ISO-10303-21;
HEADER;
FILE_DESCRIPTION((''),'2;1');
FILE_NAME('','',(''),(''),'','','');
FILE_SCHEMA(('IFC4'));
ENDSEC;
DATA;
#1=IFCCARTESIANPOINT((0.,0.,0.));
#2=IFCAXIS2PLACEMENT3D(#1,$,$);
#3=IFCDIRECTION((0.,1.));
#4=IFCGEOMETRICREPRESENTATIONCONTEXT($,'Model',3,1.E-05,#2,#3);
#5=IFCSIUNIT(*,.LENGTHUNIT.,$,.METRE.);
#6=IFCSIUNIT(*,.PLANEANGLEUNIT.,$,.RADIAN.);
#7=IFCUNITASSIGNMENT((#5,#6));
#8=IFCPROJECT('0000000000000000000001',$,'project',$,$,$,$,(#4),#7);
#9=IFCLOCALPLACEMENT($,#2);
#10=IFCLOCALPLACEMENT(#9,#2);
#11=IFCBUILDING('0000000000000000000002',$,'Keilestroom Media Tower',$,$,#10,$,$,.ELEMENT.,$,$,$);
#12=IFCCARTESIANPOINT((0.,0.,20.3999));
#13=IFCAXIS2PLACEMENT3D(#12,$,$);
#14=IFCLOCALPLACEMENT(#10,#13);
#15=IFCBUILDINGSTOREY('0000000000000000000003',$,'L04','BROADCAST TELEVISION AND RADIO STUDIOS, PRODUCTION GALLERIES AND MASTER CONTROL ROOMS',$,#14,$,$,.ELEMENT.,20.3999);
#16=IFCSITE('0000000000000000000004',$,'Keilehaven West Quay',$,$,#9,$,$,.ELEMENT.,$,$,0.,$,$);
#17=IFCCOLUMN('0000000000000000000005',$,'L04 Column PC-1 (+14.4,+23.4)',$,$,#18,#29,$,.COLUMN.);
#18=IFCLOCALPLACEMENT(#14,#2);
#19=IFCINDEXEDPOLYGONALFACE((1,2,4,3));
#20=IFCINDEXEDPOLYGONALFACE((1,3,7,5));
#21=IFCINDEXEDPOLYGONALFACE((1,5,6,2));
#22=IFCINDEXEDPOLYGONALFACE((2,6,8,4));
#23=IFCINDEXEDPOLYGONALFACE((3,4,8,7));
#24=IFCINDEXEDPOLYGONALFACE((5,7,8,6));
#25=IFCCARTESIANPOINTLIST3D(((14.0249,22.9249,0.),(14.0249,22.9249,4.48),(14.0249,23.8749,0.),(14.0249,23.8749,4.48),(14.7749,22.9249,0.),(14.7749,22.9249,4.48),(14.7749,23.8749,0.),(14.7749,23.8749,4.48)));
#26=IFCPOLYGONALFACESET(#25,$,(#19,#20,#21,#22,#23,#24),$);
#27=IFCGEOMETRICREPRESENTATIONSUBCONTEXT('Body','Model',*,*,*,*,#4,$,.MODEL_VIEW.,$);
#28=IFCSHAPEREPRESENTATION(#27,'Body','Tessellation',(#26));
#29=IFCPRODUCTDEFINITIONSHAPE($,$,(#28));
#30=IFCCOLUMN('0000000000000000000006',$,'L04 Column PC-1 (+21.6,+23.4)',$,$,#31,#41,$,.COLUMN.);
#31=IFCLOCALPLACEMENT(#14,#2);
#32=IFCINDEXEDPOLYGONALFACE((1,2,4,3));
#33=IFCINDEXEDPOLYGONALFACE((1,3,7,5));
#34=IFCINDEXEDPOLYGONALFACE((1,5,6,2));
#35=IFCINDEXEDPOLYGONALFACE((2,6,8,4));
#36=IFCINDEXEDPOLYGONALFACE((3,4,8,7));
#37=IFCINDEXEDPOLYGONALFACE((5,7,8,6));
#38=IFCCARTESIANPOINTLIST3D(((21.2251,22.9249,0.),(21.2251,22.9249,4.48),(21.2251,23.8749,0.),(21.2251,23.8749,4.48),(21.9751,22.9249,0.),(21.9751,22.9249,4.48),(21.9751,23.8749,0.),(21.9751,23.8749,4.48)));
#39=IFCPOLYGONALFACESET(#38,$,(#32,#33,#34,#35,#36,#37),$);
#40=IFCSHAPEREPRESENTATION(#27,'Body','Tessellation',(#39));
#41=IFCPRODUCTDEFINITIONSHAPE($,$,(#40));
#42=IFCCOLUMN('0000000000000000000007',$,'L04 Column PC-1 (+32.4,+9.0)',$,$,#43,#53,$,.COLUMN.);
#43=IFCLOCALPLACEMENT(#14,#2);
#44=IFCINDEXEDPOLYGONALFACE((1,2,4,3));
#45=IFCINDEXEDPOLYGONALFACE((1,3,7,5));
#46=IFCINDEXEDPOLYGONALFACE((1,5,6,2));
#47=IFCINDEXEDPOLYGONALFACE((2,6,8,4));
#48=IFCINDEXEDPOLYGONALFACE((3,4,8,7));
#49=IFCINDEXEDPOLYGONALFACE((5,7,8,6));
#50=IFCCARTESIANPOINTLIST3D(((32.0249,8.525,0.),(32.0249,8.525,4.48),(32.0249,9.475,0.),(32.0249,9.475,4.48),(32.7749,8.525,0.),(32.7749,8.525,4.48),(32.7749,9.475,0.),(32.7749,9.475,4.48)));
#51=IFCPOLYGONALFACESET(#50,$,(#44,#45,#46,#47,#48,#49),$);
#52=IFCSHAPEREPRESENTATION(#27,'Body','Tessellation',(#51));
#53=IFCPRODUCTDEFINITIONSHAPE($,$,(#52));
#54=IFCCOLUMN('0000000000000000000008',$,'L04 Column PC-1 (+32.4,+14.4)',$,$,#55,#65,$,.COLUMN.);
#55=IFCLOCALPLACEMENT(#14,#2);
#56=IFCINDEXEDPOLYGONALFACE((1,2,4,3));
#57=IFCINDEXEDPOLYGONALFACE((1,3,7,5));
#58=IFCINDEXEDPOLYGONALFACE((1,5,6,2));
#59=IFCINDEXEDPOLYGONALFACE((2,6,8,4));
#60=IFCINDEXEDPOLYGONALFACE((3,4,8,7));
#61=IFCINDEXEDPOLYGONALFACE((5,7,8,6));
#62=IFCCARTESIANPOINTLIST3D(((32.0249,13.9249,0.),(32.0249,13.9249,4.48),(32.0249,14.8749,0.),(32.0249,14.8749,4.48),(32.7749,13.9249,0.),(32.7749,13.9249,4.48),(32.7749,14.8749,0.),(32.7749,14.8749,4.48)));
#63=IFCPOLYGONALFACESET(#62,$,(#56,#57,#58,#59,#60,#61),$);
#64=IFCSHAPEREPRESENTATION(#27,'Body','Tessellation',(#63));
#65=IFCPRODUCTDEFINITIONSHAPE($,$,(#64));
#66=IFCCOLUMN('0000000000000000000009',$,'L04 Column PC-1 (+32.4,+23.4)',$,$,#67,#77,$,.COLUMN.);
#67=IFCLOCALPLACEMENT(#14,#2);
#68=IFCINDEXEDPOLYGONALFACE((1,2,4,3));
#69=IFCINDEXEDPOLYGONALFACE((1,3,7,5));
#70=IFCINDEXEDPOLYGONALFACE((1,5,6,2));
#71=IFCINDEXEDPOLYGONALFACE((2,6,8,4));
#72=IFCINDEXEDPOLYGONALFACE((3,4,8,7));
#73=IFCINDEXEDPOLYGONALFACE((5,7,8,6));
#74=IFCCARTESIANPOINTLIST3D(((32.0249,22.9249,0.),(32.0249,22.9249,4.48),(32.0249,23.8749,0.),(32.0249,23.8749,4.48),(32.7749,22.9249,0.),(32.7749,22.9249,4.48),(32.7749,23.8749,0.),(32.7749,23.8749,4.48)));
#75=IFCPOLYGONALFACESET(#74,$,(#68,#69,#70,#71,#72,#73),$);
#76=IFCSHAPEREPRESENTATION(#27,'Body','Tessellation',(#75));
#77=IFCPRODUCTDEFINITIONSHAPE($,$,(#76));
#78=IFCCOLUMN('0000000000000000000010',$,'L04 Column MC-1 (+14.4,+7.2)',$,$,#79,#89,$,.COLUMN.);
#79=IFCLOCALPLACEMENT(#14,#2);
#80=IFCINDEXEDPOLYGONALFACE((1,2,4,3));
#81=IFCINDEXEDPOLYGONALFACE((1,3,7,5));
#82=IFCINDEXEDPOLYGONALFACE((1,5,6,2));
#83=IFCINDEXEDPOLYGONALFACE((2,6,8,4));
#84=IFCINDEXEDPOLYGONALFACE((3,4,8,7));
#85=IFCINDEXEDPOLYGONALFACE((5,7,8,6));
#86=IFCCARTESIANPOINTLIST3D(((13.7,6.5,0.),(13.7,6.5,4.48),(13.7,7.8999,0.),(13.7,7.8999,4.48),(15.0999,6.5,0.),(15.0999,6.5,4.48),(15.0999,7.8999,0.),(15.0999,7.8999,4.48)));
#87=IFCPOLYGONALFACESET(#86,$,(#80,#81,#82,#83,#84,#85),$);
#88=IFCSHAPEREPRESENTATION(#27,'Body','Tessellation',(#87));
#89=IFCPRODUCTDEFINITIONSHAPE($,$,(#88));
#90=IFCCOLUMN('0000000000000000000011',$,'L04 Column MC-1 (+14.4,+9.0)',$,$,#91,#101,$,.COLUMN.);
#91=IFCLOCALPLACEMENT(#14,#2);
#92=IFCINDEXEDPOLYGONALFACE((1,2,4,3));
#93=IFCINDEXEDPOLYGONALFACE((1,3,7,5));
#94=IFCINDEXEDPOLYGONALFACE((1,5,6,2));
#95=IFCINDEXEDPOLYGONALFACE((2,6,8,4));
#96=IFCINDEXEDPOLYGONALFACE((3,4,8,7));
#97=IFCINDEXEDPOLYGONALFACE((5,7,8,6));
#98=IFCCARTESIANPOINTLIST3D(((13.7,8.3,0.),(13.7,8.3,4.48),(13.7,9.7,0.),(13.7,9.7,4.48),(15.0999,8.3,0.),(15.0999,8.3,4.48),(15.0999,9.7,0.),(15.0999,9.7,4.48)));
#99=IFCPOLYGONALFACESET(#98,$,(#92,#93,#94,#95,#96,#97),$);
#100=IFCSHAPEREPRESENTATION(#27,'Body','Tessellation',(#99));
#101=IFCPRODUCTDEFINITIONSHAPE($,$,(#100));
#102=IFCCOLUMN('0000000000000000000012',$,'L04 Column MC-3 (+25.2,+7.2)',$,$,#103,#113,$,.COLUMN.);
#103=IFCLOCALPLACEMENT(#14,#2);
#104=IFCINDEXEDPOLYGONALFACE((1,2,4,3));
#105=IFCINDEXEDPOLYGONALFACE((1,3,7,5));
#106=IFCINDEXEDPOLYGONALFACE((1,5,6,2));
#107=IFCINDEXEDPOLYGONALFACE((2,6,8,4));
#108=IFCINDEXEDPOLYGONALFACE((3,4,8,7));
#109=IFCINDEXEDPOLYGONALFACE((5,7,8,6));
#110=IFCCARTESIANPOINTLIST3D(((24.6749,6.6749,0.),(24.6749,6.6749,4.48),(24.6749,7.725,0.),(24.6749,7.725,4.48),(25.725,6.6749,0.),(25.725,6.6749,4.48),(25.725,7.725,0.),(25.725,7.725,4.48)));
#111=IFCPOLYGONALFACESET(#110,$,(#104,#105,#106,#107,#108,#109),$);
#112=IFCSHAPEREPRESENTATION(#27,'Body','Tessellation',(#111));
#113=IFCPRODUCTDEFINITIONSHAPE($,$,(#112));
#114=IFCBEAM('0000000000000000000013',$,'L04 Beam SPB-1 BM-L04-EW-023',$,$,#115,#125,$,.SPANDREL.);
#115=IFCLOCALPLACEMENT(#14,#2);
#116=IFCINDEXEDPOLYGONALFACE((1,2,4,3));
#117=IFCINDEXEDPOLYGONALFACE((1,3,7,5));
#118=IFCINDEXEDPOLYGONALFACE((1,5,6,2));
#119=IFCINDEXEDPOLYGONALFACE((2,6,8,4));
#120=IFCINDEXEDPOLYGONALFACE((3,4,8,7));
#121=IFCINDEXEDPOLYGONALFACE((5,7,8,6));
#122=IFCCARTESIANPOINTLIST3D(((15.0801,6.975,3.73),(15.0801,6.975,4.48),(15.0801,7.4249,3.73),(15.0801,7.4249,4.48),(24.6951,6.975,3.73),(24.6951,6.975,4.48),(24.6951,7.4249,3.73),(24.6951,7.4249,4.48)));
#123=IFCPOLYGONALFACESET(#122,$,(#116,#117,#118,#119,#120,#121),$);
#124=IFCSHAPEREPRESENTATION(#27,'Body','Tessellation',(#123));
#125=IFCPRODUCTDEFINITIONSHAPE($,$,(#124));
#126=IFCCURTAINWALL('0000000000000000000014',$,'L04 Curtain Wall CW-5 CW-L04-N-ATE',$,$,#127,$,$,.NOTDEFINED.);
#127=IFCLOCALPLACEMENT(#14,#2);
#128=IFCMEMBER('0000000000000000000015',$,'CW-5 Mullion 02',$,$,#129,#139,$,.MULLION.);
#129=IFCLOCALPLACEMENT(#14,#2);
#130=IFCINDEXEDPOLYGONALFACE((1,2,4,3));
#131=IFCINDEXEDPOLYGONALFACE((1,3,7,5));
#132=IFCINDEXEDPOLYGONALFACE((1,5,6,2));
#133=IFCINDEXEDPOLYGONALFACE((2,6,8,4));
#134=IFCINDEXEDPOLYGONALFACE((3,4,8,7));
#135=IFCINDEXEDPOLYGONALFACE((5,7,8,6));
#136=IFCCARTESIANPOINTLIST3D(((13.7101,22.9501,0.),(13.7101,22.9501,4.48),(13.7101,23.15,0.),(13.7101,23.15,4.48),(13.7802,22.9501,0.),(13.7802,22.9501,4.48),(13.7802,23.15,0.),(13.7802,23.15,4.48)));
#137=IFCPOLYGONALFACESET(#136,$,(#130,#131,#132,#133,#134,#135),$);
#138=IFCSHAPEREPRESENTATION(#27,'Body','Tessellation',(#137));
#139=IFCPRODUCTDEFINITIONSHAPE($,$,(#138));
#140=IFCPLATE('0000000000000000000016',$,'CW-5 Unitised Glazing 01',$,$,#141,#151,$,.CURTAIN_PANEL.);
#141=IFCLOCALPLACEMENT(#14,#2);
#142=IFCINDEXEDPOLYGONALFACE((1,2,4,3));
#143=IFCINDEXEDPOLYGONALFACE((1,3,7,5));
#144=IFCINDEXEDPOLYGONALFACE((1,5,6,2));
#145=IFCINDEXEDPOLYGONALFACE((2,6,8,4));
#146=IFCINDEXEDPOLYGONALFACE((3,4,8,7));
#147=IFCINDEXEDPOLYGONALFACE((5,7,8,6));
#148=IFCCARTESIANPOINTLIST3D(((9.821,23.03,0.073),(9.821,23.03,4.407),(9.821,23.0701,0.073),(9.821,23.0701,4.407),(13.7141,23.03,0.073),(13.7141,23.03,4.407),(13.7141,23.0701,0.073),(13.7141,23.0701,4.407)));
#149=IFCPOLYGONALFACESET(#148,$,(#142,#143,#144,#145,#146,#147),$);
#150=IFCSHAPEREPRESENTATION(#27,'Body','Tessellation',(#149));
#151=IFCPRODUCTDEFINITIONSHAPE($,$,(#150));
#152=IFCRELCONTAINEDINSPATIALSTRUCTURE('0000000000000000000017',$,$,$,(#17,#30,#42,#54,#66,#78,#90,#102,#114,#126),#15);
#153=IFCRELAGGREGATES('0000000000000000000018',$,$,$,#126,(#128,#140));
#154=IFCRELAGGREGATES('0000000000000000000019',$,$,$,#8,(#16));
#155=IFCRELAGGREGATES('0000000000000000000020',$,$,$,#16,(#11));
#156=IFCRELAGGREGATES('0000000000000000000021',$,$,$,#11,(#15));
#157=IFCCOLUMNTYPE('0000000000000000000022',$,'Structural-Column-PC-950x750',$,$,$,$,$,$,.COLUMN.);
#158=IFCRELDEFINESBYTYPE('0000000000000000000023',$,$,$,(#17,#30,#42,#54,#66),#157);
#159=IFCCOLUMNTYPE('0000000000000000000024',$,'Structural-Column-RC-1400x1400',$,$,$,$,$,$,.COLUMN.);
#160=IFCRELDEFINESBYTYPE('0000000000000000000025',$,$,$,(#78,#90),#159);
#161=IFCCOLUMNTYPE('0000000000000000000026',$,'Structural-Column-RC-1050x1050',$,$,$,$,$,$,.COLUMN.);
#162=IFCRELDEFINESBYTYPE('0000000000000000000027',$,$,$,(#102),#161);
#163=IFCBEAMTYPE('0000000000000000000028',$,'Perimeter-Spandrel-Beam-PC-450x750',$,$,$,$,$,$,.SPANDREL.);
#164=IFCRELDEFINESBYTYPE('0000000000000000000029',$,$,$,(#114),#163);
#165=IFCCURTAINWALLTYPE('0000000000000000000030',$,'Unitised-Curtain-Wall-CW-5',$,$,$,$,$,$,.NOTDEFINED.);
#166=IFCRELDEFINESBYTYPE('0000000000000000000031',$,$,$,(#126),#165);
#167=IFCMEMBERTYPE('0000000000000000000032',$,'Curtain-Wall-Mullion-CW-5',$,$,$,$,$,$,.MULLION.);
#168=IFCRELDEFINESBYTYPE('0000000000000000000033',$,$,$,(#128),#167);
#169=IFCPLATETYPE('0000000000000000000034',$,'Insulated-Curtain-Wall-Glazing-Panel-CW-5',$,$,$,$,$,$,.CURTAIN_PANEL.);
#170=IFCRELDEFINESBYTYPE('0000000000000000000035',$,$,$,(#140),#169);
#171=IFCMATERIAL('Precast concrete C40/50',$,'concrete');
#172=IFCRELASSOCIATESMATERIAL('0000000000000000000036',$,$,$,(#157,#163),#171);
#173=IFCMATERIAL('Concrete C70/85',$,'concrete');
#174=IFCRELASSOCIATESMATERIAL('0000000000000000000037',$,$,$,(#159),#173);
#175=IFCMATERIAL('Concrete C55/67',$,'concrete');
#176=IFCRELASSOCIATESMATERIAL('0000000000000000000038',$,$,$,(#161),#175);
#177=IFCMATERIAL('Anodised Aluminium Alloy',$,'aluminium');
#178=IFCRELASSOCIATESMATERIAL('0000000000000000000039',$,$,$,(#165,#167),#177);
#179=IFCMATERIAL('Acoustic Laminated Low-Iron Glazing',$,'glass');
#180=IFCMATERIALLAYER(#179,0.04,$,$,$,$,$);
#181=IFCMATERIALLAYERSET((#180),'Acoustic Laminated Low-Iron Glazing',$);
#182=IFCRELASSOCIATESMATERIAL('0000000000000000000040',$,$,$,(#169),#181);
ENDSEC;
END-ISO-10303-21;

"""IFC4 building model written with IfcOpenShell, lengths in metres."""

from ifc_helpers import new_model, si_unit, direction, frame, origin, origin_2d, place, context, subcontext, project, spatial, rectangle, extrude, source, transform, mapped, material, layer, layer_set, material_profile, profile_set, type_object, element, aggregate, save


model = new_model("IFC4")

# Units and contexts
model_context = context("Model", 3, precision=1e-05, world=origin(), true_north=direction((0.0, 1.0)))
body_context = subcontext(model_context, "Body", "Model", "MODEL_VIEW")
ifc_project = project(units=[si_unit("LENGTHUNIT", "METRE"), si_unit("PLANEANGLEUNIT", "RADIAN")], contexts=[model_context])

# Site, building, storey
site_placement = place(None, origin())
site = spatial("IfcSite", under=ifc_project, at=site_placement, Name="Keilehaven West Quay", CompositionType="ELEMENT", RefElevation=0.0)
building_placement = place(site_placement, origin())
building = spatial("IfcBuilding", under=site, at=building_placement, Name="Keilestroom Media Tower", CompositionType="ELEMENT")
storey_placement = place(building_placement, frame((0.0, 0.0, 20.3999)))
storey = spatial("IfcBuildingStorey", under=building, at=storey_placement, Name="L04", Description="BROADCAST TELEVISION AND RADIO STUDIOS, PRODUCTION GALLERIES AND MASTER CONTROL ROOMS", CompositionType="ELEMENT", Elevation=20.3999)

# Columns
ifc_material_1 = material(Name="Precast concrete C40/50", Category="concrete")
ifc_material_profile_1 = material_profile(ifc_material_1, rectangle(XDim=0.75, YDim=0.95, at=origin_2d()), Name="PC 950x750")
ifc_profile_set_1 = profile_set([ifc_material_profile_1], Name="Precast concrete C40/50")
column_type_1 = type_object("IfcColumnType", Name="Structural-Column-PC-950x750", PredefinedType="COLUMN", material=ifc_profile_set_1)
shared_shape_1 = source(origin(), body_context, "Body", "SweptSolid", [
    extrude(rectangle(XDim=0.75, YDim=0.95, at=origin_2d()), origin(), (0.0, 0.0, 1.0), 4.48),
])
for number, where, z_axis, x_axis, name in (
    (1, (14.3999, 23.3999, 0.0), (0.0, 0.0, 1.0), (1.0, 0.0, 0.0), "L04 Column PC-1 (+14.4,+23.4)"),
    (2, (21.6001, 23.3999, 0.0), (0.0, 0.0, 1.0), (1.0, 0.0, 0.0), "L04 Column PC-1 (+21.6,+23.4)"),
    (3, (32.3999, 9.0, 0.0), (0.0, 0.0, 1.0), (1.0, 0.0, 0.0), "L04 Column PC-1 (+32.4,+9.0)"),
    (4, (32.3999, 14.3999, 0.0), (0.0, 0.0, 1.0), (1.0, 0.0, 0.0), "L04 Column PC-1 (+32.4,+14.4)"),
    (5, (32.3999, 23.3999, 0.0), (0.0, 0.0, 1.0), (1.0, 0.0, 0.0), "L04 Column PC-1 (+32.4,+23.4)"),
):
    element("IfcColumn", number, at=place(storey_placement, frame(where, z_axis=z_axis, x_axis=x_axis)), inside=storey, type_object=column_type_1, Name=name, PredefinedType="COLUMN", context=body_context, shape_type="MappedRepresentation", body=[
        mapped(shared_shape_1, transform((0.0, 0.0, 0.0), x_axis=(1.0, 0.0, 0.0), y_axis=(0.0, 1.0, 0.0), z_axis=(0.0, 0.0, 1.0), scale=1.0)),
    ])
ifc_material_2 = material(Name="Concrete C70/85", Category="concrete")
ifc_material_profile_2 = material_profile(ifc_material_2, rectangle(XDim=1.3999, YDim=1.3999, at=origin_2d()), Name="RC 1400x1400")
ifc_profile_set_2 = profile_set([ifc_material_profile_2], Name="Concrete C70/85")
column_type_2 = type_object("IfcColumnType", Name="Structural-Column-RC-1400x1400", PredefinedType="COLUMN", material=ifc_profile_set_2)
shared_shape_2 = source(origin(), body_context, "Body", "SweptSolid", [
    extrude(rectangle(XDim=1.3999, YDim=1.3999, at=origin_2d()), origin(), (0.0, 0.0, 1.0), 4.48),
])
for number, where, z_axis, x_axis, name in (
    (6, (14.3999, 7.2, 0.0), (0.0, 0.0, 1.0), (1.0, 0.0, 0.0), "L04 Column MC-1 (+14.4,+7.2)"),
    (7, (14.3999, 9.0, 0.0), (0.0, 0.0, 1.0), (1.0, 0.0, 0.0), "L04 Column MC-1 (+14.4,+9.0)"),
):
    element("IfcColumn", number, at=place(storey_placement, frame(where, z_axis=z_axis, x_axis=x_axis)), inside=storey, type_object=column_type_2, Name=name, PredefinedType="COLUMN", context=body_context, shape_type="MappedRepresentation", body=[
        mapped(shared_shape_2, transform((0.0, 0.0, 0.0), x_axis=(1.0, 0.0, 0.0), y_axis=(0.0, 1.0, 0.0), z_axis=(0.0, 0.0, 1.0), scale=1.0)),
    ])
ifc_material_3 = material(Name="Concrete C55/67", Category="concrete")
ifc_material_profile_3 = material_profile(ifc_material_3, rectangle(XDim=1.05, YDim=1.05, at=origin_2d()), Name="RC 1050x1050")
ifc_profile_set_3 = profile_set([ifc_material_profile_3], Name="Concrete C55/67")
column_type_3 = type_object("IfcColumnType", Name="Structural-Column-RC-1050x1050", PredefinedType="COLUMN", material=ifc_profile_set_3)
shared_shape_3 = source(origin(), body_context, "Body", "SweptSolid", [
    extrude(rectangle(XDim=1.05, YDim=1.05, at=origin_2d()), origin(), (0.0, 0.0, 1.0), 4.48),
])
column_placement = place(storey_placement, frame((25.2, 7.2, 0.0), z_axis=(0.0, 0.0, 1.0), x_axis=(1.0, 0.0, 0.0)))
element("IfcColumn", 8, at=column_placement, inside=storey, type_object=column_type_3, Name="L04 Column MC-3 (+25.2,+7.2)", PredefinedType="COLUMN", context=body_context, shape_type="MappedRepresentation", body=[
    mapped(shared_shape_3, transform((0.0, 0.0, 0.0), x_axis=(1.0, 0.0, 0.0), y_axis=(0.0, 1.0, 0.0), z_axis=(0.0, 0.0, 1.0), scale=1.0)),
])

# Beam
ifc_material_profile_4 = material_profile(ifc_material_1, rectangle(XDim=0.45, YDim=0.75, at=origin_2d()), Name="PC 450x750")
ifc_profile_set_4 = profile_set([ifc_material_profile_4], Name="Precast concrete C40/50")
beam_type = type_object("IfcBeamType", Name="Perimeter-Spandrel-Beam-PC-450x750", PredefinedType="SPANDREL", material=ifc_profile_set_4)
shared_shape_4 = source(origin(), body_context, "Body", "SweptSolid", [
    extrude(rectangle(XDim=0.45, YDim=0.75, at=origin_2d()), origin(), (0.0, 0.0, 1.0), 9.615),
])
beam_placement = place(storey_placement, frame((15.0801, 7.2, 4.105), z_axis=(1.0, 0.0, 0.0), x_axis=(0.0, 1.0, 0.0)))
element("IfcBeam", 9, at=beam_placement, inside=storey, type_object=beam_type, Name="L04 Beam SPB-1 BM-L04-EW-023", PredefinedType="SPANDREL", context=body_context, shape_type="MappedRepresentation", body=[
    mapped(shared_shape_4, transform((0.0, 0.0, 0.0), x_axis=(1.0, 0.0, 0.0), y_axis=(0.0, 1.0, 0.0), z_axis=(0.0, 0.0, 1.0), scale=1.0)),
])

# Curtain wall, member, plate
ifc_material_4 = material(Name="Anodised Aluminium Alloy", Category="aluminium")
curtain_wall_type = type_object("IfcCurtainWallType", Name="Unitised-Curtain-Wall-CW-5", PredefinedType="NOTDEFINED", material=ifc_material_4)
curtain_wall_placement = place(storey_placement, origin())
curtain_wall = element("IfcCurtainWall", 10, at=curtain_wall_placement, inside=storey, type_object=curtain_wall_type, Name="L04 Curtain Wall CW-5 CW-L04-N-ATE", PredefinedType="NOTDEFINED")
ifc_material_profile_5 = material_profile(ifc_material_4, rectangle(XDim=0.0701, YDim=0.2, at=origin_2d()), Name="ALU MULLION 70x200")
ifc_profile_set_5 = profile_set([ifc_material_profile_5], Name="Anodised Aluminium Alloy")
member_type = type_object("IfcMemberType", Name="Curtain-Wall-Mullion-CW-5", PredefinedType="MULLION", material=ifc_profile_set_5)
shared_shape_5 = source(origin(), body_context, "Body", "SweptSolid", [
    extrude(rectangle(XDim=0.0701, YDim=0.2, at=origin_2d()), origin(), (0.0, 0.0, 1.0), 4.48),
])
member_placement = place(storey_placement, frame((13.7451, 23.05, 0.0), z_axis=(0.0, 0.0, 1.0), x_axis=(1.0, 0.0, 0.0)))
member = element("IfcMember", 11, at=member_placement, type_object=member_type, Name="CW-5 Mullion 02", PredefinedType="MULLION", context=body_context, shape_type="MappedRepresentation", body=[
    mapped(shared_shape_5, transform((0.0, 0.0, 0.0), x_axis=(1.0, 0.0, 0.0), y_axis=(0.0, 1.0, 0.0), z_axis=(0.0, 0.0, 1.0), scale=1.0)),
])
ifc_material_5 = material(Name="Acoustic Laminated Low-Iron Glazing", Category="glass")
ifc_layer_1 = layer(ifc_material_5, 0.04)
ifc_layer_set_1 = layer_set([ifc_layer_1], Name="Acoustic Laminated Low-Iron Glazing")
plate_type = type_object("IfcPlateType", Name="Insulated-Curtain-Wall-Glazing-Panel-CW-5", PredefinedType="CURTAIN_PANEL", material=ifc_layer_set_1)
shared_shape_6 = source(origin(), body_context, "Body", "SweptSolid", [
    extrude(rectangle(XDim=3.8931, YDim=0.04, at=origin_2d()), origin(), (0.0, 0.0, 1.0), 4.334),
])
plate_placement = place(storey_placement, frame((11.7676, 23.05, 0.073), z_axis=(0.0, 0.0, 1.0), x_axis=(1.0, 0.0, 0.0)))
plate = element("IfcPlate", 12, at=plate_placement, type_object=plate_type, Name="CW-5 Unitised Glazing 01", PredefinedType="CURTAIN_PANEL", context=body_context, shape_type="MappedRepresentation", body=[
    mapped(shared_shape_6, transform((0.0, 0.0, 0.0), x_axis=(1.0, 0.0, 0.0), y_axis=(0.0, 1.0, 0.0), z_axis=(0.0, 0.0, 1.0), scale=1.0)),
])
aggregate(curtain_wall, [member, plate])

save(model, "model.ifc")
